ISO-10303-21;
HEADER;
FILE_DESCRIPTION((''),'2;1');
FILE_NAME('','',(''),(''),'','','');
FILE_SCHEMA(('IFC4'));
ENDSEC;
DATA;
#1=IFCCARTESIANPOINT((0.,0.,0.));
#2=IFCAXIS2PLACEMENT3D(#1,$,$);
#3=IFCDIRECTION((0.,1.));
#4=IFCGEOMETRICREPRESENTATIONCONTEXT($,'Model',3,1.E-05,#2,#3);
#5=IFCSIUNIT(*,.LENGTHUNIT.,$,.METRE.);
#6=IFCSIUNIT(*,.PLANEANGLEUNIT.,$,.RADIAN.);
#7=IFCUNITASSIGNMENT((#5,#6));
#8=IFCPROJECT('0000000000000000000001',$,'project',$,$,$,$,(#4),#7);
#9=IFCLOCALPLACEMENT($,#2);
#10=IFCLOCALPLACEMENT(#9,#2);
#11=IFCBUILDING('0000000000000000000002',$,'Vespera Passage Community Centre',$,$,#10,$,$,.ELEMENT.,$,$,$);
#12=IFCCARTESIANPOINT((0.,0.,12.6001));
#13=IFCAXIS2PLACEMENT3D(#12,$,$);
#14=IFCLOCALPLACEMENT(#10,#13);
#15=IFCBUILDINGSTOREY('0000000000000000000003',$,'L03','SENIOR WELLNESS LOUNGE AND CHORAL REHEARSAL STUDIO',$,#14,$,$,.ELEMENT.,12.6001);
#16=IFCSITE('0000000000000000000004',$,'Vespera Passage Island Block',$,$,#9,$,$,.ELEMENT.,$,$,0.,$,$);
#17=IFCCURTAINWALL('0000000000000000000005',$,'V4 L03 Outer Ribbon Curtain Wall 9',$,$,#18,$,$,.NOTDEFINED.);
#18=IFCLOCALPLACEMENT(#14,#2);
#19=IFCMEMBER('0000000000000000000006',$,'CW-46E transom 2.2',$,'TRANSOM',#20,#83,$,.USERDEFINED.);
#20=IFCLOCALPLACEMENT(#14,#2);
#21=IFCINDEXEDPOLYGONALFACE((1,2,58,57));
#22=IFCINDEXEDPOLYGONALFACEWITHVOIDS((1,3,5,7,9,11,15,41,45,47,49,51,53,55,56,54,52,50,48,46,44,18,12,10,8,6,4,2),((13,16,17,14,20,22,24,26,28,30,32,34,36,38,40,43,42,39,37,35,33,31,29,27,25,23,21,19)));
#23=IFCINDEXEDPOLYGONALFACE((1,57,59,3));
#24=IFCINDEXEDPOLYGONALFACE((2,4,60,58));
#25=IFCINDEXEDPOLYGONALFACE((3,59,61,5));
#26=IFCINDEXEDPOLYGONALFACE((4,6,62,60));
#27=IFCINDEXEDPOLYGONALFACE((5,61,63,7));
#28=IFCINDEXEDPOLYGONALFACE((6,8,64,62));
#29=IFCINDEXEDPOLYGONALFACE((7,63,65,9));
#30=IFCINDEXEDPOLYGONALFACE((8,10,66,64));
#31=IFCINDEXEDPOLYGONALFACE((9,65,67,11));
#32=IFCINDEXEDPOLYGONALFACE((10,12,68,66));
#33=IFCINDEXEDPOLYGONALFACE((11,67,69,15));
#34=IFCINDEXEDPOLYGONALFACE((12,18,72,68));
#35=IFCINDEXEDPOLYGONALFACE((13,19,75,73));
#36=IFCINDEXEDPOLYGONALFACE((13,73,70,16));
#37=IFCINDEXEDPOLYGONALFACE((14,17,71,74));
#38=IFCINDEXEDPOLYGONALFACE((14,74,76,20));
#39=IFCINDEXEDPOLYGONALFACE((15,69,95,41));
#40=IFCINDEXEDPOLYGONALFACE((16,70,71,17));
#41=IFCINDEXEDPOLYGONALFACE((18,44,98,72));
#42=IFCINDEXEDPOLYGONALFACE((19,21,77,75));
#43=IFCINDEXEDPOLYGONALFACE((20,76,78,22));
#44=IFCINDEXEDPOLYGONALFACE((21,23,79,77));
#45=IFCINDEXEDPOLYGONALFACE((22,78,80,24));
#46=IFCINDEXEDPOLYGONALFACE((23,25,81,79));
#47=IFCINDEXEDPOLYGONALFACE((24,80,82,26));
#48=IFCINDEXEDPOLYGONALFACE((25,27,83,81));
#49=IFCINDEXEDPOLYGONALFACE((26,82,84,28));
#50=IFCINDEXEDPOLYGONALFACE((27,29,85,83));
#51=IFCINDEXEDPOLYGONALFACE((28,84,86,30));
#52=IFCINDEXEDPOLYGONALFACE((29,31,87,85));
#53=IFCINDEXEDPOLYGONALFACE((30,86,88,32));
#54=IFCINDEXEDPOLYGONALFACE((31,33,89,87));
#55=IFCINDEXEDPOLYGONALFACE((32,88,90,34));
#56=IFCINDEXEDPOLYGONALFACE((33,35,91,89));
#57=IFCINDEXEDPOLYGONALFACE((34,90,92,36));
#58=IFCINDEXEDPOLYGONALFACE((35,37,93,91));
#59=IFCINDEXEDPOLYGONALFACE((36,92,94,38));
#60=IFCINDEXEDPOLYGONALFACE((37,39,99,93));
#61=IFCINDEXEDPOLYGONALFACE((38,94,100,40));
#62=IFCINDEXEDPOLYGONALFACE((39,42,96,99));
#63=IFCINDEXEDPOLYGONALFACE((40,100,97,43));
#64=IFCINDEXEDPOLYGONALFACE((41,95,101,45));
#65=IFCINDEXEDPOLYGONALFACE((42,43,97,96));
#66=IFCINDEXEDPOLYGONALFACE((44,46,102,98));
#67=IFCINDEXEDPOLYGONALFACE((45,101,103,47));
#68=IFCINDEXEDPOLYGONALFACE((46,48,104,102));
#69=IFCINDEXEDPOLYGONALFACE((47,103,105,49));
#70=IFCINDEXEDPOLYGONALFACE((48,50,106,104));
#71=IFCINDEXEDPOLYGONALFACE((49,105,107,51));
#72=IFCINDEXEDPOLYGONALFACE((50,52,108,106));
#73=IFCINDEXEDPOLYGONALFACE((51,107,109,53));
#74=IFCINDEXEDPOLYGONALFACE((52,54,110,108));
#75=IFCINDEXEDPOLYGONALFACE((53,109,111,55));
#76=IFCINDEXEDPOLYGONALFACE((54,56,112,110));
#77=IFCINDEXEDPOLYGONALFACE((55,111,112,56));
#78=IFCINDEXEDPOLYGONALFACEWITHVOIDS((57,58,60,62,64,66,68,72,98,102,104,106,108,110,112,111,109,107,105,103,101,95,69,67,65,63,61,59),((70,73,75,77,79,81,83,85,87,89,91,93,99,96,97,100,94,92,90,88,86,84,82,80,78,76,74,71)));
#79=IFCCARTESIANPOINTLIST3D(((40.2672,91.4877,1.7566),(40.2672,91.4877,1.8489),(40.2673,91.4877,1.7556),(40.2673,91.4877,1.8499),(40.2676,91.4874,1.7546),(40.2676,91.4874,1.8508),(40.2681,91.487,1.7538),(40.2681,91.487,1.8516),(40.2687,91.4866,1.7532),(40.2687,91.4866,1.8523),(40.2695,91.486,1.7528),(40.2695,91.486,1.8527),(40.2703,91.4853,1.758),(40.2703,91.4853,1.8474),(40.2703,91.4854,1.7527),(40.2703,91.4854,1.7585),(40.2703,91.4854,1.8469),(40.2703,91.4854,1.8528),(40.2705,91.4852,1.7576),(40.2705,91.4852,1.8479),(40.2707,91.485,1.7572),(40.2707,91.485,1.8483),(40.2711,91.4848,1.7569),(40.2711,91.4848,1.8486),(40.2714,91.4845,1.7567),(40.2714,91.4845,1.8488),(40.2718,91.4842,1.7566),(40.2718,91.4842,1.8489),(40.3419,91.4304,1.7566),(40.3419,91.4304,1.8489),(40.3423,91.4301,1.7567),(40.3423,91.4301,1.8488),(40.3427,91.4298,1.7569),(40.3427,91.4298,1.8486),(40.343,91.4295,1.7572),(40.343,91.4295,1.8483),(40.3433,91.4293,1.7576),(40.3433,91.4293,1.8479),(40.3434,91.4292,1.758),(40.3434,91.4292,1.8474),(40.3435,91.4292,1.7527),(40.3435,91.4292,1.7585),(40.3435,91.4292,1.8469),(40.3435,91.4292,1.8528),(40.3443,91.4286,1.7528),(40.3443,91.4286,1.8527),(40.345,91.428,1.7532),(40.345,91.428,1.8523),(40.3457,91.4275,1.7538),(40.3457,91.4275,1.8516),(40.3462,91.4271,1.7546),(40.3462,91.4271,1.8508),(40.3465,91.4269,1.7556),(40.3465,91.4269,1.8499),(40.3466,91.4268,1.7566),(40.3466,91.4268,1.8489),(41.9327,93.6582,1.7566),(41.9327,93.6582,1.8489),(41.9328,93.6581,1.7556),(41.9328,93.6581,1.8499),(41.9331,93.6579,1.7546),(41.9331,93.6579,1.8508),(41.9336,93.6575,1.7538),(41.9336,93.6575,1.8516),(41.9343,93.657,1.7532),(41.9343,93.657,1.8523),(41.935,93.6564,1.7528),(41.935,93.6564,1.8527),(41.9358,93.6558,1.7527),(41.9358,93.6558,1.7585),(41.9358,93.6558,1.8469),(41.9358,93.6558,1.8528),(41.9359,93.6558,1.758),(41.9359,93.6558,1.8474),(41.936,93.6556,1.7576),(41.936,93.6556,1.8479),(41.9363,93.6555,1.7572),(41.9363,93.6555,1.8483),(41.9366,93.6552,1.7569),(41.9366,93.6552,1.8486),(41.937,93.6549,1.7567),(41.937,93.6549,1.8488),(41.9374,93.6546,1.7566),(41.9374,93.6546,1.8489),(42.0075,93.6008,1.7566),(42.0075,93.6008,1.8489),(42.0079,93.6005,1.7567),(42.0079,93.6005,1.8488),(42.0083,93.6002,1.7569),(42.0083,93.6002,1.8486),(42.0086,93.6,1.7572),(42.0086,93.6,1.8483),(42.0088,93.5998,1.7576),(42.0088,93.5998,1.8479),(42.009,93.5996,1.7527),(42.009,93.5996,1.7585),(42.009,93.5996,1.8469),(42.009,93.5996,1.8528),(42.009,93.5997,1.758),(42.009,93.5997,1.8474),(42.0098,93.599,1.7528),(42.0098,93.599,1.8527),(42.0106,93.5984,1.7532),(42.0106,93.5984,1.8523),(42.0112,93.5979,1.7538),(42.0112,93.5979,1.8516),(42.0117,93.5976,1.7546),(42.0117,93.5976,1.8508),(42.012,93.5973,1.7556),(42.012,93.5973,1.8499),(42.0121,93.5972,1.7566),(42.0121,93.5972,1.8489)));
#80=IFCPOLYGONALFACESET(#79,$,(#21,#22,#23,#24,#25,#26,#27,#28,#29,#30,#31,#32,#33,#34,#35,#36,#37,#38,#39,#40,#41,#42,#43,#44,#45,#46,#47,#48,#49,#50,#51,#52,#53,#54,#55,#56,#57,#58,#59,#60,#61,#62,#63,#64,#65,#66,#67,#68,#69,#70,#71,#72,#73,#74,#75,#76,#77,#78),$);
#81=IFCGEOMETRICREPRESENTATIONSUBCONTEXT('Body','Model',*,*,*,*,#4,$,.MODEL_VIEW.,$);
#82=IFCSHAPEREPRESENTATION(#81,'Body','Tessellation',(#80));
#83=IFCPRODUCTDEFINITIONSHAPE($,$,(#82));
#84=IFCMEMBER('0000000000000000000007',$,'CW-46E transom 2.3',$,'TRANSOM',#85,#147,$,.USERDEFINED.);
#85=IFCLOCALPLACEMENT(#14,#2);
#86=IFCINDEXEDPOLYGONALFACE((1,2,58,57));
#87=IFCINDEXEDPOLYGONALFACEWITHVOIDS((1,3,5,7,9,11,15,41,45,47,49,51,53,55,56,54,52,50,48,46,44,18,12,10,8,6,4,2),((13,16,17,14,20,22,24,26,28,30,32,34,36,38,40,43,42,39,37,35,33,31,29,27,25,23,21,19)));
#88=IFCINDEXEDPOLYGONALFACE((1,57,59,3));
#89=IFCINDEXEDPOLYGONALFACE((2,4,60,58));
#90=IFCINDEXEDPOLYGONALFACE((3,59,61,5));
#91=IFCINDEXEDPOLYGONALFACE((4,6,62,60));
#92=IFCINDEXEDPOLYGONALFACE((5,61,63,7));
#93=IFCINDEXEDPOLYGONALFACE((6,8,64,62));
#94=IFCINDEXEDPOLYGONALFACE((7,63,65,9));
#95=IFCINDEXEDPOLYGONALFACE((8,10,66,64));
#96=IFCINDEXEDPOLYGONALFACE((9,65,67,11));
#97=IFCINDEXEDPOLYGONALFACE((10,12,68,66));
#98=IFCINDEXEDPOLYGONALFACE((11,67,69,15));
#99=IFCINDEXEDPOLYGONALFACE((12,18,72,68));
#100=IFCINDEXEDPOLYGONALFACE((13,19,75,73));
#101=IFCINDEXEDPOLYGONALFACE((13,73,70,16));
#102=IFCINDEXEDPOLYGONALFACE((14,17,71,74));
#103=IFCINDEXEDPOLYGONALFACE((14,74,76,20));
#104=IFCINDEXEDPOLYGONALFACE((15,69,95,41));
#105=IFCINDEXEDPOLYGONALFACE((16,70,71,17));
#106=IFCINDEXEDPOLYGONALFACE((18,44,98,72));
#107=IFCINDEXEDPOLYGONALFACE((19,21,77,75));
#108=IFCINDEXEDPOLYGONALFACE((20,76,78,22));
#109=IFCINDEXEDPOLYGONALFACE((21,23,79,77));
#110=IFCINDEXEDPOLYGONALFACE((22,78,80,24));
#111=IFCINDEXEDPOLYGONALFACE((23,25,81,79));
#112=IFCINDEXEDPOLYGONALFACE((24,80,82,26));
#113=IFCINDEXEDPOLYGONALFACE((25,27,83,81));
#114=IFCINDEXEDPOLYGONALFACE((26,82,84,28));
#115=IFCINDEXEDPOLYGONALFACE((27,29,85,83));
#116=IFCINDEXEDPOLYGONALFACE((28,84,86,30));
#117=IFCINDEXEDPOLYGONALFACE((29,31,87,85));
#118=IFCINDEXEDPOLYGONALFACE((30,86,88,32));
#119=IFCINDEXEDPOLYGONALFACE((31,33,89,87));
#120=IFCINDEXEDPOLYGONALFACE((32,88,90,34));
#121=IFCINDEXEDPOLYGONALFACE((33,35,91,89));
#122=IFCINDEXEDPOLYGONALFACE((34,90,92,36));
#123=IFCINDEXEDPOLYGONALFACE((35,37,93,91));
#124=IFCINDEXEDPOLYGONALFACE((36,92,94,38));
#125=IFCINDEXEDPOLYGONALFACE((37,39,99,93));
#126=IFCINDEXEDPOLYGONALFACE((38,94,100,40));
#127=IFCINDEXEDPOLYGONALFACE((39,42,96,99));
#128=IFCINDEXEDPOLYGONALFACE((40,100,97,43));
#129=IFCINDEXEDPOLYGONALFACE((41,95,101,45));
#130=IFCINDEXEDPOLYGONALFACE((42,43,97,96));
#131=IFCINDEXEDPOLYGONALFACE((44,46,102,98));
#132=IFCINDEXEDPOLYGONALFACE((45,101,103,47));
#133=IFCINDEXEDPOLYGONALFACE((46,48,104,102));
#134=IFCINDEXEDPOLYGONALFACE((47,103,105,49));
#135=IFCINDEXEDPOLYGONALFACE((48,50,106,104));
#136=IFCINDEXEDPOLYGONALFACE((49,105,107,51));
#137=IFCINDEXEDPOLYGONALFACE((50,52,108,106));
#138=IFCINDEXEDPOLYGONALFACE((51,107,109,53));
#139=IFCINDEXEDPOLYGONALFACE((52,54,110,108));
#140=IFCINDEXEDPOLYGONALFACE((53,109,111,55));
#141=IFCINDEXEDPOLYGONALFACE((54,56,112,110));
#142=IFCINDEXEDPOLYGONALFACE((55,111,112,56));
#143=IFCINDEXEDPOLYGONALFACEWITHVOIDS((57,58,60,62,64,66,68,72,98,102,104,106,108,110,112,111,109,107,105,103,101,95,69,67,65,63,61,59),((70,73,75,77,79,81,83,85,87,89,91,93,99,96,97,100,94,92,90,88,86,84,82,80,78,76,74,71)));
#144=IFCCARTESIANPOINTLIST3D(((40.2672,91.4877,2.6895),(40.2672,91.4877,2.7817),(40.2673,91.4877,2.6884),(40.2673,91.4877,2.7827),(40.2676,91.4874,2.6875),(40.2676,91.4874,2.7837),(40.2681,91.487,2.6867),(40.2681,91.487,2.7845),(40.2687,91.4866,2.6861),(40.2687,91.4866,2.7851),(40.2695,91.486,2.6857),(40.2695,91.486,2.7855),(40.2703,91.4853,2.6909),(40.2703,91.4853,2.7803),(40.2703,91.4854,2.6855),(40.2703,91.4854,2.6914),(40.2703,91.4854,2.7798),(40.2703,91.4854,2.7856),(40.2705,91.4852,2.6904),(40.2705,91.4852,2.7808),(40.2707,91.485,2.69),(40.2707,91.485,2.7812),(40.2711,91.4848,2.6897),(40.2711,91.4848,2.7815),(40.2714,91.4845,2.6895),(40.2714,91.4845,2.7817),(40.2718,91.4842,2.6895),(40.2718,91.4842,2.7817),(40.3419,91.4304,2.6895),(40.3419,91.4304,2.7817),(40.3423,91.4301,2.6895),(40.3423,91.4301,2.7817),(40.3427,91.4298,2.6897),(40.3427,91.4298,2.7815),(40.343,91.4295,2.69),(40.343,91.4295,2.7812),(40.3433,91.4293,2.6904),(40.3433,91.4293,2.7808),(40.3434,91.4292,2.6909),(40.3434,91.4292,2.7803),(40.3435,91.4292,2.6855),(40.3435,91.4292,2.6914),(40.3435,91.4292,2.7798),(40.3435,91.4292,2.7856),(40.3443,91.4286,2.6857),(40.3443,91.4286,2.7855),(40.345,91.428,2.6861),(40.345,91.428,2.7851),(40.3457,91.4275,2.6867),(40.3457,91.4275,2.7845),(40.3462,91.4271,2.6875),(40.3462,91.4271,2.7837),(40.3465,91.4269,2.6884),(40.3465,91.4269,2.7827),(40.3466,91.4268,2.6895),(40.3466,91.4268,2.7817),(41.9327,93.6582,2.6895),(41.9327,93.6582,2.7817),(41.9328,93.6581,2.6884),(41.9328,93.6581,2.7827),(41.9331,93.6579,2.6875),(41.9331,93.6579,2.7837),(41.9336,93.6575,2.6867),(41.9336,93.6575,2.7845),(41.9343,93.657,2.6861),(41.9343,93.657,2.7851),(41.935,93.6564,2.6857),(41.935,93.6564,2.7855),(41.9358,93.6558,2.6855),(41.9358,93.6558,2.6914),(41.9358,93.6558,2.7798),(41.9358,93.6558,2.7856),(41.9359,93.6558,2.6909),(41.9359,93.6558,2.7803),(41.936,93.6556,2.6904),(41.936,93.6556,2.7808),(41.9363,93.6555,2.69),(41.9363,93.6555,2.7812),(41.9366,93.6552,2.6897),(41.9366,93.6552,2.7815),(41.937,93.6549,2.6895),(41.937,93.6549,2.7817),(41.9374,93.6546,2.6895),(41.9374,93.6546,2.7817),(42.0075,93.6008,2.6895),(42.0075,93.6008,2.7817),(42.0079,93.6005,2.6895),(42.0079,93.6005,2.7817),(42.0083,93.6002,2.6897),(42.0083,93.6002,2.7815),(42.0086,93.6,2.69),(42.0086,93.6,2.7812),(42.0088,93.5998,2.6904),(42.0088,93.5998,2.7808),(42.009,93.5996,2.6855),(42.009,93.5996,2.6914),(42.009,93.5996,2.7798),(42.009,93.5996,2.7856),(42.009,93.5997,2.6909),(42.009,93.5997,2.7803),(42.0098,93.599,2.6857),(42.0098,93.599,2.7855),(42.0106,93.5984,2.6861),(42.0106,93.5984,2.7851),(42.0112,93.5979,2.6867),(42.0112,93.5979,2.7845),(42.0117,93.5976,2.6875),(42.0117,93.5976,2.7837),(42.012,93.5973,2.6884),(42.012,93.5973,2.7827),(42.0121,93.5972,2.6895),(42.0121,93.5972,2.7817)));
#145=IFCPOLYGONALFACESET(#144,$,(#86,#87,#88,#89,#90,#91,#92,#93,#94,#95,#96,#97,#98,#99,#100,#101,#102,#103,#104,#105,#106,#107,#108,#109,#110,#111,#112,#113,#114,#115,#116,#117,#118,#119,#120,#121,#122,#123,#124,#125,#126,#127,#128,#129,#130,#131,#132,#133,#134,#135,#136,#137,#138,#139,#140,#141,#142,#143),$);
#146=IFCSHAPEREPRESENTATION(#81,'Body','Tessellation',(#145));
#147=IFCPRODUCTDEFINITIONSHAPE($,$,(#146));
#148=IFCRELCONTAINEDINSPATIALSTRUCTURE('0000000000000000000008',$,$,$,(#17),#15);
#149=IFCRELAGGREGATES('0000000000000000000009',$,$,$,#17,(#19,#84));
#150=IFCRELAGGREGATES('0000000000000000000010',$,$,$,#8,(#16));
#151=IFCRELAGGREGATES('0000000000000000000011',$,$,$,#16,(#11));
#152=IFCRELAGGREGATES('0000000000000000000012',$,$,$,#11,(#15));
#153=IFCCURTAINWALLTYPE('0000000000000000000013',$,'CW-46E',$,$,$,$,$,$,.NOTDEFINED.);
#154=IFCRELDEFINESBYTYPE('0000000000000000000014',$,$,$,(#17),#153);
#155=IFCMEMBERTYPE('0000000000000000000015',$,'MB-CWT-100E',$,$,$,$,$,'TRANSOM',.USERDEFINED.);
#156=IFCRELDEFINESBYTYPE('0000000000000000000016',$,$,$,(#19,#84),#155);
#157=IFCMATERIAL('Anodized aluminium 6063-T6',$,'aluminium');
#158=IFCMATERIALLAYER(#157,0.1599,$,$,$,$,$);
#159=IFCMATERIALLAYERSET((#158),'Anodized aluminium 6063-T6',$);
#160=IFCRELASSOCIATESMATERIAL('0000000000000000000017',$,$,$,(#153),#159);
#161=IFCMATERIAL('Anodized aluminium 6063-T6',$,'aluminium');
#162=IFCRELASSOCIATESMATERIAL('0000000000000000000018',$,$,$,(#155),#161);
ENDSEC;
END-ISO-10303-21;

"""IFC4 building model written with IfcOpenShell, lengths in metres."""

from ifc_helpers import new_model, si_unit, direction, frame, origin, origin_2d, place, context, subcontext, project, spatial, hollow_rectangle, extrude, material, layer, layer_set, material_profile, profile_set, type_object, element, aggregate, save


model = new_model("IFC4")

# Units and contexts
model_context = context("Model", 3, precision=1e-05, world=origin(), true_north=direction((0.0, 1.0)))
body_context = subcontext(model_context, "Body", "Model", "MODEL_VIEW")
ifc_project = project(units=[si_unit("LENGTHUNIT", "METRE"), si_unit("PLANEANGLEUNIT", "RADIAN")], contexts=[model_context])

# Site, building, storey
site_placement = place(None, origin())
site = spatial("IfcSite", under=ifc_project, at=site_placement, Name="Vespera Passage Island Block", CompositionType="ELEMENT", RefElevation=0.0)
building_placement = place(site_placement, origin())
building = spatial("IfcBuilding", under=site, at=building_placement, Name="Vespera Passage Community Centre", CompositionType="ELEMENT")
storey_placement = place(building_placement, frame((0.0, 0.0, 12.6001)))
storey = spatial("IfcBuildingStorey", under=building, at=storey_placement, Name="L03", Description="SENIOR WELLNESS LOUNGE AND CHORAL REHEARSAL STUDIO", CompositionType="ELEMENT", Elevation=12.6001)

# Curtain wall, members
ifc_material_1 = material(Name="Anodized aluminium 6063-T6", Category="aluminium")
ifc_layer_1 = layer(ifc_material_1, 0.1599)
ifc_layer_set_1 = layer_set([ifc_layer_1], Name="Anodized aluminium 6063-T6")
curtain_wall_type = type_object("IfcCurtainWallType", Name="CW-46E", PredefinedType="NOTDEFINED", material=ifc_layer_set_1)
curtain_wall_placement = place(storey_placement, origin())
curtain_wall = element("IfcCurtainWall", 1, at=curtain_wall_placement, inside=storey, type_object=curtain_wall_type, Name="V4 L03 Outer Ribbon Curtain Wall 9", PredefinedType="NOTDEFINED")
ifc_material_2 = material(Name="Anodized aluminium 6063-T6", Category="aluminium")
ifc_material_profile_1 = material_profile(ifc_material_2, hollow_rectangle(XDim=0.1001, YDim=0.1001, WallThickness=0.0039, InnerFilletRadius=0.002, OuterFilletRadius=0.0039, at=origin_2d()), Name="ALU100X100X4")
ifc_profile_set_1 = profile_set([ifc_material_profile_1], Name="Anodized aluminium 6063-T6")
member_type_1 = type_object("IfcMemberType", Name="MB-CWT-100E", ElementType="TRANSOM", PredefinedType="USERDEFINED", material=ifc_profile_set_1)
member_1_placement = place(storey_placement, frame((40.3069, 91.4573, 1.8027), z_axis=(0.608787, 0.793333, 0.0), x_axis=(-0.793333, 0.608787, 0.0)))
member_1 = element("IfcMember", 2, at=member_1_placement, type_object=member_type_1, Name="CW-46E transom 2.2", ObjectType="TRANSOM", PredefinedType="USERDEFINED", context=body_context, shape_type="SweptSolid", body=[
    extrude(hollow_rectangle(XDim=0.1001, YDim=0.1001, WallThickness=0.0039, InnerFilletRadius=0.002, OuterFilletRadius=0.0039, at=origin_2d()), origin(), (0.0, 0.0, 1.0), 2.7358),
])
member_2_placement = place(storey_placement, frame((40.3069, 91.4573, 2.7356), z_axis=(0.608787, 0.793333, 0.0), x_axis=(-0.793333, 0.608787, 0.0)))
member_2 = element("IfcMember", 3, at=member_2_placement, type_object=member_type_1, Name="CW-46E transom 2.3", ObjectType="TRANSOM", PredefinedType="USERDEFINED", context=body_context, shape_type="SweptSolid", body=[
    extrude(hollow_rectangle(XDim=0.1001, YDim=0.1001, WallThickness=0.0039, InnerFilletRadius=0.002, OuterFilletRadius=0.0039, at=origin_2d()), origin(), (0.0, 0.0, 1.0), 2.7358),
])
aggregate(curtain_wall, [member_1, member_2])

save(model, "model.ifc")
